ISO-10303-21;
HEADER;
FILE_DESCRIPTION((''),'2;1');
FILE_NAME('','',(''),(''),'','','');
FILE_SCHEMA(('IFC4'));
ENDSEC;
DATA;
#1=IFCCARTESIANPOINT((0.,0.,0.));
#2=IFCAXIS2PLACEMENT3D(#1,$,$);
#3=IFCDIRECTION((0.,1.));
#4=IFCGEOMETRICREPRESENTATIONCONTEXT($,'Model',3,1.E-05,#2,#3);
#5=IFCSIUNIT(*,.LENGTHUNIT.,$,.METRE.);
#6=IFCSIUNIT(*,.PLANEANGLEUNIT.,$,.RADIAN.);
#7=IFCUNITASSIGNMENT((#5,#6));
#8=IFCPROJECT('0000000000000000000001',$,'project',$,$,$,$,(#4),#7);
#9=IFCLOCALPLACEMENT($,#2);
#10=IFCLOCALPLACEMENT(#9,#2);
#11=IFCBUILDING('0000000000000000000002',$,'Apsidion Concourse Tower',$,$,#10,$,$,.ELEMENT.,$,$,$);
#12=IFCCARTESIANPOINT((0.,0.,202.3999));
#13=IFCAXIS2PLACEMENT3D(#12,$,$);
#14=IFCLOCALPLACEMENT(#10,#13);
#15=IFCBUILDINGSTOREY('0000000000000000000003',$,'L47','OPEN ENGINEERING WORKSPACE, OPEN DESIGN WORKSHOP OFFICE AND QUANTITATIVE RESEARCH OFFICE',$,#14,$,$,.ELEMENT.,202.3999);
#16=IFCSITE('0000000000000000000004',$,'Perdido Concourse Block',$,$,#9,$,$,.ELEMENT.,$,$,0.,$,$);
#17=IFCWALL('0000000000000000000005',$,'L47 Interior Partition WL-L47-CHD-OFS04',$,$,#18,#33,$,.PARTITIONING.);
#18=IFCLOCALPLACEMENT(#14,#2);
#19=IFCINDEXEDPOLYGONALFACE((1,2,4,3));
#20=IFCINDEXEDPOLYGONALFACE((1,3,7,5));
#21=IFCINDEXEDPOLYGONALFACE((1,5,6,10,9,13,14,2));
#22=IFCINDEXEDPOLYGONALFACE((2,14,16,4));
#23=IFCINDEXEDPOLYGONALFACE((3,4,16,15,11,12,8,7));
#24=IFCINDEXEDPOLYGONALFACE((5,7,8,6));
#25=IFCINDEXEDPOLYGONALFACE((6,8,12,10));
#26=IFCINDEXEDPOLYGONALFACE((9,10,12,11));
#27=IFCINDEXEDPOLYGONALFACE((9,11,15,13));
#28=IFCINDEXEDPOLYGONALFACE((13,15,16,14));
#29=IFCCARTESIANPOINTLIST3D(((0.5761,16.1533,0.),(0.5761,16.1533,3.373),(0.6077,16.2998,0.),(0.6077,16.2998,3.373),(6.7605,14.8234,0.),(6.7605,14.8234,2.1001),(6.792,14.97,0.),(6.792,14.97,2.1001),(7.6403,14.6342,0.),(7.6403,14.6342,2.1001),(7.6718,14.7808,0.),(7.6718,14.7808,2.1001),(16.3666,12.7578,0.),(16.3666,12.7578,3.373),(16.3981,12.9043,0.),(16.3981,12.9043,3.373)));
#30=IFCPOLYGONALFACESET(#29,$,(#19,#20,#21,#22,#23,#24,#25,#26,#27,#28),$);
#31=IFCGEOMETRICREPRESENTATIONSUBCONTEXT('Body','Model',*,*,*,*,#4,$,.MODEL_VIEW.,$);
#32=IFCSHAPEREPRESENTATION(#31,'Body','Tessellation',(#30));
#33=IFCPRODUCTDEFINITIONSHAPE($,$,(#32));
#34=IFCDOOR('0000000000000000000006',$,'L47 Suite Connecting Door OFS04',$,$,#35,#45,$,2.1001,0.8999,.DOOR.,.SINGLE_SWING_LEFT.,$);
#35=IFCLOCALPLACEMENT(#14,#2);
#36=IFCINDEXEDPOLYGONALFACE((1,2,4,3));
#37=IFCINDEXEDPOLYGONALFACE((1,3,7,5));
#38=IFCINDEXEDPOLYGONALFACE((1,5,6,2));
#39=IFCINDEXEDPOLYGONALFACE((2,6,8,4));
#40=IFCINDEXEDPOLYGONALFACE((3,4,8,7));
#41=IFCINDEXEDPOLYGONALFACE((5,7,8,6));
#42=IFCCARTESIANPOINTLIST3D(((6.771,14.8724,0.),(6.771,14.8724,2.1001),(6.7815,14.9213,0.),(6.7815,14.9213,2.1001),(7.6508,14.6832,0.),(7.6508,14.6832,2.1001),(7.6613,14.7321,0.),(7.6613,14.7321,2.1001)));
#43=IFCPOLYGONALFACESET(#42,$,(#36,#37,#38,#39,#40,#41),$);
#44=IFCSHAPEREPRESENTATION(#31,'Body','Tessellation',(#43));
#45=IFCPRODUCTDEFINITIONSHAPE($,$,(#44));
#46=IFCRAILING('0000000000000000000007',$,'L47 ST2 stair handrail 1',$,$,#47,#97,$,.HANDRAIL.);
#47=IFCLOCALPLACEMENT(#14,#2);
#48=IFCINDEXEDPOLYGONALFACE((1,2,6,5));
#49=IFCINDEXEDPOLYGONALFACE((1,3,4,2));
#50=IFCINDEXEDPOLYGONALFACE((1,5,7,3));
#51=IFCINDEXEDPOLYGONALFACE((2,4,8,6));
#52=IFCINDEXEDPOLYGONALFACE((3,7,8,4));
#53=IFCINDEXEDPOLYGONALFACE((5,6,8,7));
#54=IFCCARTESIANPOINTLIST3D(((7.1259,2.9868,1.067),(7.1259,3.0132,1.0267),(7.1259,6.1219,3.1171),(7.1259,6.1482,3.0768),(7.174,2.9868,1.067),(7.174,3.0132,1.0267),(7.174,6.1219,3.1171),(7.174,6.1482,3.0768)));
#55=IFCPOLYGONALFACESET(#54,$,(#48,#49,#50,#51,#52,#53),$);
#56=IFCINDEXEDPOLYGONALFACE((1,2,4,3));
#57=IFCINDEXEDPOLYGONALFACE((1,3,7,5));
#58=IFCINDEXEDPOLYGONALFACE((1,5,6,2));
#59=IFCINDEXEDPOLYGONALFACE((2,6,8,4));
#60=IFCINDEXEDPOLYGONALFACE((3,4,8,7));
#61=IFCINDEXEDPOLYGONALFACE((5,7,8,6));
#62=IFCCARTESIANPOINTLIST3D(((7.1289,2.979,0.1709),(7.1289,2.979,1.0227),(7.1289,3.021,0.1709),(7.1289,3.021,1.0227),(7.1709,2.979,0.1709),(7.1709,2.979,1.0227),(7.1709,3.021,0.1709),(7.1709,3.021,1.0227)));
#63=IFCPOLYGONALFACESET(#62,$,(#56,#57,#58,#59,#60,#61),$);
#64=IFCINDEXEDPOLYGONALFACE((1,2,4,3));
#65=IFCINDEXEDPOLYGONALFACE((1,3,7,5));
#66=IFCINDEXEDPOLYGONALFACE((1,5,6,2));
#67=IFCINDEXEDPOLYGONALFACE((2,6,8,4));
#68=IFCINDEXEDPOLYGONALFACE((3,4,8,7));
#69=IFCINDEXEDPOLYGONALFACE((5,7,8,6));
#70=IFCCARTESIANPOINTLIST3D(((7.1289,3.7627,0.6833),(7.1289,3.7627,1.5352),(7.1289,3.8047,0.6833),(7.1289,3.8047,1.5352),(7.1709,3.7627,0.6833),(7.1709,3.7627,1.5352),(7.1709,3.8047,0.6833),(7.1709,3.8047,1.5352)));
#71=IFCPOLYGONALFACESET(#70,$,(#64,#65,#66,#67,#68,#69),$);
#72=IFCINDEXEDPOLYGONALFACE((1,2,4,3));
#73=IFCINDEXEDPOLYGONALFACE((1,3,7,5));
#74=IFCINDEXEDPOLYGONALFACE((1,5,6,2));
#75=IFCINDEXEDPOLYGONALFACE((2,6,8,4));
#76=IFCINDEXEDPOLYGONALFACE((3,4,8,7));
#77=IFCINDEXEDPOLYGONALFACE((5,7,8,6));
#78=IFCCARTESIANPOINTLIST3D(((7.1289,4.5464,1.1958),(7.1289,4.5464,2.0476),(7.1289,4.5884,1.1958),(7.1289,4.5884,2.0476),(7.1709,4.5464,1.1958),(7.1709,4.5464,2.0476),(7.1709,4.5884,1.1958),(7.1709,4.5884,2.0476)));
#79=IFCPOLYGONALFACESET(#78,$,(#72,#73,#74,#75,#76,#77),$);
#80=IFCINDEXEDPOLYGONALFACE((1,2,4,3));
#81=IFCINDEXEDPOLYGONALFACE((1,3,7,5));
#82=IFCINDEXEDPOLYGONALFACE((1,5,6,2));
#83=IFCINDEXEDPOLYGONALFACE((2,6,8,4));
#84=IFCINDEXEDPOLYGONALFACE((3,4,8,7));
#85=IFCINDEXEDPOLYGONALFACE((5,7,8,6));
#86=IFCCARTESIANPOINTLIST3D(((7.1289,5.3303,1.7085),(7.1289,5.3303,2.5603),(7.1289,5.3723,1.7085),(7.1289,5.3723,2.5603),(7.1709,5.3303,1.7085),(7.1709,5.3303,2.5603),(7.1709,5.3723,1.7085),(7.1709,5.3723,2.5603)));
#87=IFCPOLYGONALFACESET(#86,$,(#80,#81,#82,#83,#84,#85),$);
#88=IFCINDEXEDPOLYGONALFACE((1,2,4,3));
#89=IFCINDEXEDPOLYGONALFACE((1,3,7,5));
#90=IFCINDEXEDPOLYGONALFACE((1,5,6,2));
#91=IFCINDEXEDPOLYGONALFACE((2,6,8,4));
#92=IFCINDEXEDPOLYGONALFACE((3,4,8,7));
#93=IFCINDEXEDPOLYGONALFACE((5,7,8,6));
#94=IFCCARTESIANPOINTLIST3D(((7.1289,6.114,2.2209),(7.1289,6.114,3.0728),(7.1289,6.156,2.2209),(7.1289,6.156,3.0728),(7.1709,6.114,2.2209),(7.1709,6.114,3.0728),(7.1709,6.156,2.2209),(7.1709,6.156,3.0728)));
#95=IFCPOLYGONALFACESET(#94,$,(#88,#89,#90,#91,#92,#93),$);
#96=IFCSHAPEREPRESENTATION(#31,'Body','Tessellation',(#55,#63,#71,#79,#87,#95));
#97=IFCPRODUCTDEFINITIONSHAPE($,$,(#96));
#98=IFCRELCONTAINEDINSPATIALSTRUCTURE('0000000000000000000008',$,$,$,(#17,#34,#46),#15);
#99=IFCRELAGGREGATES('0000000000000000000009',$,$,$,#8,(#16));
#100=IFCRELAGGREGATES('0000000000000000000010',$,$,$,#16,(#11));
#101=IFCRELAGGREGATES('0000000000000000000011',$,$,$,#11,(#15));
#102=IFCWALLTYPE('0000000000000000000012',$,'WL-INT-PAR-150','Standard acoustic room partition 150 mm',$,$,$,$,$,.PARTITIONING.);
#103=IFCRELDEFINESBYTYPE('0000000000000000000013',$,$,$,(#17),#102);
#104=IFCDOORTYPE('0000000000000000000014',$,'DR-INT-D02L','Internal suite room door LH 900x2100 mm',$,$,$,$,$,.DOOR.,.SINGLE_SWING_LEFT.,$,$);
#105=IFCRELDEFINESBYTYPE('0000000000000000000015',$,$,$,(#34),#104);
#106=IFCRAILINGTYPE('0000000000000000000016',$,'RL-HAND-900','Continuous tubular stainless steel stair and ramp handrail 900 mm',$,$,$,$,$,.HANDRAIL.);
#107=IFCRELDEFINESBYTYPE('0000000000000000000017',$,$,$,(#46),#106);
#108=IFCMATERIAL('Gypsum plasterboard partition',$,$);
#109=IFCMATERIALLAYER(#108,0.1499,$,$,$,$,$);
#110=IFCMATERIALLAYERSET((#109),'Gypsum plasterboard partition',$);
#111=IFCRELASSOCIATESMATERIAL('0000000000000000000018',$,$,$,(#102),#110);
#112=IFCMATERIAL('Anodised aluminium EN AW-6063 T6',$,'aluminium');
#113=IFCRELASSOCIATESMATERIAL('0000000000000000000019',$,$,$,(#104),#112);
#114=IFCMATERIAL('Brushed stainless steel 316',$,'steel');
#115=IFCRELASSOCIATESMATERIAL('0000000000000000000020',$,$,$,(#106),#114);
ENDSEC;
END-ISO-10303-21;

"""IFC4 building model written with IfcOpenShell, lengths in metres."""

from ifc_helpers import new_model, si_unit, direction, frame, frame_2d, origin, origin_2d, place, context, subcontext, project, spatial, rectangle, extrude, material, layer, layer_set, type_object, element, fill, save


model = new_model("IFC4")

# Units and contexts
model_context = context("Model", 3, precision=1e-05, world=origin(), true_north=direction((0.0, 1.0)))
body_context = subcontext(model_context, "Body", "Model", "MODEL_VIEW")
ifc_project = project(units=[si_unit("LENGTHUNIT", "METRE"), si_unit("PLANEANGLEUNIT", "RADIAN")], contexts=[model_context])

# Site, building, storey
site_placement = place(None, origin())
site = spatial("IfcSite", under=ifc_project, at=site_placement, Name="Perdido Concourse Block", CompositionType="ELEMENT", RefElevation=0.0)
building_placement = place(site_placement, origin())
building = spatial("IfcBuilding", under=site, at=building_placement, Name="Apsidion Concourse Tower", CompositionType="ELEMENT")
storey_placement = place(building_placement, frame((0.0, 0.0, 202.3999)))
storey = spatial("IfcBuildingStorey", under=building, at=storey_placement, Name="L47", Description="OPEN ENGINEERING WORKSPACE, OPEN DESIGN WORKSHOP OFFICE AND QUANTITATIVE RESEARCH OFFICE", CompositionType="ELEMENT", Elevation=202.3999)

# Shared definitions
ifc_material_1 = material(Name="Gypsum plasterboard partition")
ifc_layer_1 = layer(ifc_material_1, 0.1499)
ifc_layer_set_1 = layer_set([ifc_layer_1], Name="Gypsum plasterboard partition")
wall_type_1 = type_object("IfcWallType", Name="WL-INT-PAR-150", Description="Standard acoustic room partition 150 mm", PredefinedType="PARTITIONING", material=ifc_layer_set_1)

# Wall, opening, door
wall_1_placement = place(storey_placement, frame((16.3823, 12.8311, 0.0), z_axis=(0.0, 0.0, 1.0), x_axis=(-0.977652, 0.210229, 0.0)))
wall_1 = element("IfcWall", 1, at=wall_1_placement, inside=storey, type_object=wall_type_1, Name="L47 Interior Partition WL-L47-CHD-OFS04", PredefinedType="PARTITIONING", context=body_context, shape_type="SweptSolid", body=[
    extrude(rectangle(XDim=16.1514, YDim=0.1499, at=frame_2d((8.0757, 0.0))), origin(), (0.0, 0.0, 1.0), 3.373),
])
opening_placement = place(wall_1_placement, frame((8.9258, 0.0, 0.0)))
opening = element("IfcOpeningElement", 2, at=opening_placement, cuts=wall_1, PredefinedType="OPENING", context=body_context, shape_type="SweptSolid", body=[
    extrude(rectangle(XDim=0.8999, YDim=2.1001, at=frame_2d((0.45, 1.05))), frame((0.0, 0.085, 0.0), z_axis=(0.0, -1.0, 0.0), x_axis=(1.0, 0.0, 0.0)), (0.0, 0.0, 1.0), 0.1699),
])
ifc_material_2 = material(Name="Anodised aluminium EN AW-6063 T6", Category="aluminium")
door_type = type_object("IfcDoorType", Name="DR-INT-D02L", Description="Internal suite room door LH 900x2100 mm", OperationType="SINGLE_SWING_LEFT", PredefinedType="DOOR", material=ifc_material_2)
door_placement = place(opening_placement, origin())
door = element("IfcDoor", 3, at=door_placement, inside=storey, type_object=door_type, Name="L47 Suite Connecting Door OFS04", OperationType="SINGLE_SWING_LEFT", OverallHeight=2.1001, OverallWidth=0.8999, PredefinedType="DOOR", context=body_context, shape_type="SweptSolid", body=[
    extrude(rectangle(XDim=0.8999, YDim=2.1001, at=frame_2d((0.45, 1.05))), frame((0.0, 0.0249, 0.0), z_axis=(0.0, -1.0, 0.0), x_axis=(1.0, 0.0, 0.0)), (0.0, 0.0, 1.0), 0.05),
])
fill(opening, door)

# Railing
ifc_material_3 = material(Name="Brushed stainless steel 316", Category="steel")
railing_type = type_object("IfcRailingType", Name="RL-HAND-900", Description="Continuous tubular stainless steel stair and ramp handrail 900 mm", PredefinedType="HANDRAIL", material=ifc_material_3)
railing_placement = place(storey_placement, frame((7.1499, 3.0, 0.1709)))
element("IfcRailing", 4, at=railing_placement, inside=storey, type_object=railing_type, Name="L47 ST2 stair handrail 1", PredefinedType="HANDRAIL", context=body_context, shape_type="SweptSolid", body=[
    extrude(rectangle(XDim=0.0481, YDim=0.0481, at=origin_2d()), frame((0.0, 0.0, 0.876), z_axis=(0.0, 0.836941, 0.547293), x_axis=(-1.0, 0.0, 0.0)), (0.0, 0.0, 1.0), 3.7458),
    extrude(rectangle(XDim=0.042, YDim=0.042, at=origin_2d()), origin(), (0.0, 0.0, 1.0), 0.8518),
    extrude(rectangle(XDim=0.042, YDim=0.042, at=origin_2d()), frame((0.0, 0.7837, 0.5125)), (0.0, 0.0, 1.0), 0.8518),
    extrude(rectangle(XDim=0.042, YDim=0.042, at=origin_2d()), frame((0.0, 1.5674, 1.0249)), (0.0, 0.0, 1.0), 0.8518),
    extrude(rectangle(XDim=0.042, YDim=0.042, at=origin_2d()), frame((0.0, 2.3513, 1.5376)), (0.0, 0.0, 1.0), 0.8518),
    extrude(rectangle(XDim=0.042, YDim=0.042, at=origin_2d()), frame((0.0, 3.135, 2.05)), (0.0, 0.0, 1.0), 0.8518),
])

save(model, "model.ifc")
